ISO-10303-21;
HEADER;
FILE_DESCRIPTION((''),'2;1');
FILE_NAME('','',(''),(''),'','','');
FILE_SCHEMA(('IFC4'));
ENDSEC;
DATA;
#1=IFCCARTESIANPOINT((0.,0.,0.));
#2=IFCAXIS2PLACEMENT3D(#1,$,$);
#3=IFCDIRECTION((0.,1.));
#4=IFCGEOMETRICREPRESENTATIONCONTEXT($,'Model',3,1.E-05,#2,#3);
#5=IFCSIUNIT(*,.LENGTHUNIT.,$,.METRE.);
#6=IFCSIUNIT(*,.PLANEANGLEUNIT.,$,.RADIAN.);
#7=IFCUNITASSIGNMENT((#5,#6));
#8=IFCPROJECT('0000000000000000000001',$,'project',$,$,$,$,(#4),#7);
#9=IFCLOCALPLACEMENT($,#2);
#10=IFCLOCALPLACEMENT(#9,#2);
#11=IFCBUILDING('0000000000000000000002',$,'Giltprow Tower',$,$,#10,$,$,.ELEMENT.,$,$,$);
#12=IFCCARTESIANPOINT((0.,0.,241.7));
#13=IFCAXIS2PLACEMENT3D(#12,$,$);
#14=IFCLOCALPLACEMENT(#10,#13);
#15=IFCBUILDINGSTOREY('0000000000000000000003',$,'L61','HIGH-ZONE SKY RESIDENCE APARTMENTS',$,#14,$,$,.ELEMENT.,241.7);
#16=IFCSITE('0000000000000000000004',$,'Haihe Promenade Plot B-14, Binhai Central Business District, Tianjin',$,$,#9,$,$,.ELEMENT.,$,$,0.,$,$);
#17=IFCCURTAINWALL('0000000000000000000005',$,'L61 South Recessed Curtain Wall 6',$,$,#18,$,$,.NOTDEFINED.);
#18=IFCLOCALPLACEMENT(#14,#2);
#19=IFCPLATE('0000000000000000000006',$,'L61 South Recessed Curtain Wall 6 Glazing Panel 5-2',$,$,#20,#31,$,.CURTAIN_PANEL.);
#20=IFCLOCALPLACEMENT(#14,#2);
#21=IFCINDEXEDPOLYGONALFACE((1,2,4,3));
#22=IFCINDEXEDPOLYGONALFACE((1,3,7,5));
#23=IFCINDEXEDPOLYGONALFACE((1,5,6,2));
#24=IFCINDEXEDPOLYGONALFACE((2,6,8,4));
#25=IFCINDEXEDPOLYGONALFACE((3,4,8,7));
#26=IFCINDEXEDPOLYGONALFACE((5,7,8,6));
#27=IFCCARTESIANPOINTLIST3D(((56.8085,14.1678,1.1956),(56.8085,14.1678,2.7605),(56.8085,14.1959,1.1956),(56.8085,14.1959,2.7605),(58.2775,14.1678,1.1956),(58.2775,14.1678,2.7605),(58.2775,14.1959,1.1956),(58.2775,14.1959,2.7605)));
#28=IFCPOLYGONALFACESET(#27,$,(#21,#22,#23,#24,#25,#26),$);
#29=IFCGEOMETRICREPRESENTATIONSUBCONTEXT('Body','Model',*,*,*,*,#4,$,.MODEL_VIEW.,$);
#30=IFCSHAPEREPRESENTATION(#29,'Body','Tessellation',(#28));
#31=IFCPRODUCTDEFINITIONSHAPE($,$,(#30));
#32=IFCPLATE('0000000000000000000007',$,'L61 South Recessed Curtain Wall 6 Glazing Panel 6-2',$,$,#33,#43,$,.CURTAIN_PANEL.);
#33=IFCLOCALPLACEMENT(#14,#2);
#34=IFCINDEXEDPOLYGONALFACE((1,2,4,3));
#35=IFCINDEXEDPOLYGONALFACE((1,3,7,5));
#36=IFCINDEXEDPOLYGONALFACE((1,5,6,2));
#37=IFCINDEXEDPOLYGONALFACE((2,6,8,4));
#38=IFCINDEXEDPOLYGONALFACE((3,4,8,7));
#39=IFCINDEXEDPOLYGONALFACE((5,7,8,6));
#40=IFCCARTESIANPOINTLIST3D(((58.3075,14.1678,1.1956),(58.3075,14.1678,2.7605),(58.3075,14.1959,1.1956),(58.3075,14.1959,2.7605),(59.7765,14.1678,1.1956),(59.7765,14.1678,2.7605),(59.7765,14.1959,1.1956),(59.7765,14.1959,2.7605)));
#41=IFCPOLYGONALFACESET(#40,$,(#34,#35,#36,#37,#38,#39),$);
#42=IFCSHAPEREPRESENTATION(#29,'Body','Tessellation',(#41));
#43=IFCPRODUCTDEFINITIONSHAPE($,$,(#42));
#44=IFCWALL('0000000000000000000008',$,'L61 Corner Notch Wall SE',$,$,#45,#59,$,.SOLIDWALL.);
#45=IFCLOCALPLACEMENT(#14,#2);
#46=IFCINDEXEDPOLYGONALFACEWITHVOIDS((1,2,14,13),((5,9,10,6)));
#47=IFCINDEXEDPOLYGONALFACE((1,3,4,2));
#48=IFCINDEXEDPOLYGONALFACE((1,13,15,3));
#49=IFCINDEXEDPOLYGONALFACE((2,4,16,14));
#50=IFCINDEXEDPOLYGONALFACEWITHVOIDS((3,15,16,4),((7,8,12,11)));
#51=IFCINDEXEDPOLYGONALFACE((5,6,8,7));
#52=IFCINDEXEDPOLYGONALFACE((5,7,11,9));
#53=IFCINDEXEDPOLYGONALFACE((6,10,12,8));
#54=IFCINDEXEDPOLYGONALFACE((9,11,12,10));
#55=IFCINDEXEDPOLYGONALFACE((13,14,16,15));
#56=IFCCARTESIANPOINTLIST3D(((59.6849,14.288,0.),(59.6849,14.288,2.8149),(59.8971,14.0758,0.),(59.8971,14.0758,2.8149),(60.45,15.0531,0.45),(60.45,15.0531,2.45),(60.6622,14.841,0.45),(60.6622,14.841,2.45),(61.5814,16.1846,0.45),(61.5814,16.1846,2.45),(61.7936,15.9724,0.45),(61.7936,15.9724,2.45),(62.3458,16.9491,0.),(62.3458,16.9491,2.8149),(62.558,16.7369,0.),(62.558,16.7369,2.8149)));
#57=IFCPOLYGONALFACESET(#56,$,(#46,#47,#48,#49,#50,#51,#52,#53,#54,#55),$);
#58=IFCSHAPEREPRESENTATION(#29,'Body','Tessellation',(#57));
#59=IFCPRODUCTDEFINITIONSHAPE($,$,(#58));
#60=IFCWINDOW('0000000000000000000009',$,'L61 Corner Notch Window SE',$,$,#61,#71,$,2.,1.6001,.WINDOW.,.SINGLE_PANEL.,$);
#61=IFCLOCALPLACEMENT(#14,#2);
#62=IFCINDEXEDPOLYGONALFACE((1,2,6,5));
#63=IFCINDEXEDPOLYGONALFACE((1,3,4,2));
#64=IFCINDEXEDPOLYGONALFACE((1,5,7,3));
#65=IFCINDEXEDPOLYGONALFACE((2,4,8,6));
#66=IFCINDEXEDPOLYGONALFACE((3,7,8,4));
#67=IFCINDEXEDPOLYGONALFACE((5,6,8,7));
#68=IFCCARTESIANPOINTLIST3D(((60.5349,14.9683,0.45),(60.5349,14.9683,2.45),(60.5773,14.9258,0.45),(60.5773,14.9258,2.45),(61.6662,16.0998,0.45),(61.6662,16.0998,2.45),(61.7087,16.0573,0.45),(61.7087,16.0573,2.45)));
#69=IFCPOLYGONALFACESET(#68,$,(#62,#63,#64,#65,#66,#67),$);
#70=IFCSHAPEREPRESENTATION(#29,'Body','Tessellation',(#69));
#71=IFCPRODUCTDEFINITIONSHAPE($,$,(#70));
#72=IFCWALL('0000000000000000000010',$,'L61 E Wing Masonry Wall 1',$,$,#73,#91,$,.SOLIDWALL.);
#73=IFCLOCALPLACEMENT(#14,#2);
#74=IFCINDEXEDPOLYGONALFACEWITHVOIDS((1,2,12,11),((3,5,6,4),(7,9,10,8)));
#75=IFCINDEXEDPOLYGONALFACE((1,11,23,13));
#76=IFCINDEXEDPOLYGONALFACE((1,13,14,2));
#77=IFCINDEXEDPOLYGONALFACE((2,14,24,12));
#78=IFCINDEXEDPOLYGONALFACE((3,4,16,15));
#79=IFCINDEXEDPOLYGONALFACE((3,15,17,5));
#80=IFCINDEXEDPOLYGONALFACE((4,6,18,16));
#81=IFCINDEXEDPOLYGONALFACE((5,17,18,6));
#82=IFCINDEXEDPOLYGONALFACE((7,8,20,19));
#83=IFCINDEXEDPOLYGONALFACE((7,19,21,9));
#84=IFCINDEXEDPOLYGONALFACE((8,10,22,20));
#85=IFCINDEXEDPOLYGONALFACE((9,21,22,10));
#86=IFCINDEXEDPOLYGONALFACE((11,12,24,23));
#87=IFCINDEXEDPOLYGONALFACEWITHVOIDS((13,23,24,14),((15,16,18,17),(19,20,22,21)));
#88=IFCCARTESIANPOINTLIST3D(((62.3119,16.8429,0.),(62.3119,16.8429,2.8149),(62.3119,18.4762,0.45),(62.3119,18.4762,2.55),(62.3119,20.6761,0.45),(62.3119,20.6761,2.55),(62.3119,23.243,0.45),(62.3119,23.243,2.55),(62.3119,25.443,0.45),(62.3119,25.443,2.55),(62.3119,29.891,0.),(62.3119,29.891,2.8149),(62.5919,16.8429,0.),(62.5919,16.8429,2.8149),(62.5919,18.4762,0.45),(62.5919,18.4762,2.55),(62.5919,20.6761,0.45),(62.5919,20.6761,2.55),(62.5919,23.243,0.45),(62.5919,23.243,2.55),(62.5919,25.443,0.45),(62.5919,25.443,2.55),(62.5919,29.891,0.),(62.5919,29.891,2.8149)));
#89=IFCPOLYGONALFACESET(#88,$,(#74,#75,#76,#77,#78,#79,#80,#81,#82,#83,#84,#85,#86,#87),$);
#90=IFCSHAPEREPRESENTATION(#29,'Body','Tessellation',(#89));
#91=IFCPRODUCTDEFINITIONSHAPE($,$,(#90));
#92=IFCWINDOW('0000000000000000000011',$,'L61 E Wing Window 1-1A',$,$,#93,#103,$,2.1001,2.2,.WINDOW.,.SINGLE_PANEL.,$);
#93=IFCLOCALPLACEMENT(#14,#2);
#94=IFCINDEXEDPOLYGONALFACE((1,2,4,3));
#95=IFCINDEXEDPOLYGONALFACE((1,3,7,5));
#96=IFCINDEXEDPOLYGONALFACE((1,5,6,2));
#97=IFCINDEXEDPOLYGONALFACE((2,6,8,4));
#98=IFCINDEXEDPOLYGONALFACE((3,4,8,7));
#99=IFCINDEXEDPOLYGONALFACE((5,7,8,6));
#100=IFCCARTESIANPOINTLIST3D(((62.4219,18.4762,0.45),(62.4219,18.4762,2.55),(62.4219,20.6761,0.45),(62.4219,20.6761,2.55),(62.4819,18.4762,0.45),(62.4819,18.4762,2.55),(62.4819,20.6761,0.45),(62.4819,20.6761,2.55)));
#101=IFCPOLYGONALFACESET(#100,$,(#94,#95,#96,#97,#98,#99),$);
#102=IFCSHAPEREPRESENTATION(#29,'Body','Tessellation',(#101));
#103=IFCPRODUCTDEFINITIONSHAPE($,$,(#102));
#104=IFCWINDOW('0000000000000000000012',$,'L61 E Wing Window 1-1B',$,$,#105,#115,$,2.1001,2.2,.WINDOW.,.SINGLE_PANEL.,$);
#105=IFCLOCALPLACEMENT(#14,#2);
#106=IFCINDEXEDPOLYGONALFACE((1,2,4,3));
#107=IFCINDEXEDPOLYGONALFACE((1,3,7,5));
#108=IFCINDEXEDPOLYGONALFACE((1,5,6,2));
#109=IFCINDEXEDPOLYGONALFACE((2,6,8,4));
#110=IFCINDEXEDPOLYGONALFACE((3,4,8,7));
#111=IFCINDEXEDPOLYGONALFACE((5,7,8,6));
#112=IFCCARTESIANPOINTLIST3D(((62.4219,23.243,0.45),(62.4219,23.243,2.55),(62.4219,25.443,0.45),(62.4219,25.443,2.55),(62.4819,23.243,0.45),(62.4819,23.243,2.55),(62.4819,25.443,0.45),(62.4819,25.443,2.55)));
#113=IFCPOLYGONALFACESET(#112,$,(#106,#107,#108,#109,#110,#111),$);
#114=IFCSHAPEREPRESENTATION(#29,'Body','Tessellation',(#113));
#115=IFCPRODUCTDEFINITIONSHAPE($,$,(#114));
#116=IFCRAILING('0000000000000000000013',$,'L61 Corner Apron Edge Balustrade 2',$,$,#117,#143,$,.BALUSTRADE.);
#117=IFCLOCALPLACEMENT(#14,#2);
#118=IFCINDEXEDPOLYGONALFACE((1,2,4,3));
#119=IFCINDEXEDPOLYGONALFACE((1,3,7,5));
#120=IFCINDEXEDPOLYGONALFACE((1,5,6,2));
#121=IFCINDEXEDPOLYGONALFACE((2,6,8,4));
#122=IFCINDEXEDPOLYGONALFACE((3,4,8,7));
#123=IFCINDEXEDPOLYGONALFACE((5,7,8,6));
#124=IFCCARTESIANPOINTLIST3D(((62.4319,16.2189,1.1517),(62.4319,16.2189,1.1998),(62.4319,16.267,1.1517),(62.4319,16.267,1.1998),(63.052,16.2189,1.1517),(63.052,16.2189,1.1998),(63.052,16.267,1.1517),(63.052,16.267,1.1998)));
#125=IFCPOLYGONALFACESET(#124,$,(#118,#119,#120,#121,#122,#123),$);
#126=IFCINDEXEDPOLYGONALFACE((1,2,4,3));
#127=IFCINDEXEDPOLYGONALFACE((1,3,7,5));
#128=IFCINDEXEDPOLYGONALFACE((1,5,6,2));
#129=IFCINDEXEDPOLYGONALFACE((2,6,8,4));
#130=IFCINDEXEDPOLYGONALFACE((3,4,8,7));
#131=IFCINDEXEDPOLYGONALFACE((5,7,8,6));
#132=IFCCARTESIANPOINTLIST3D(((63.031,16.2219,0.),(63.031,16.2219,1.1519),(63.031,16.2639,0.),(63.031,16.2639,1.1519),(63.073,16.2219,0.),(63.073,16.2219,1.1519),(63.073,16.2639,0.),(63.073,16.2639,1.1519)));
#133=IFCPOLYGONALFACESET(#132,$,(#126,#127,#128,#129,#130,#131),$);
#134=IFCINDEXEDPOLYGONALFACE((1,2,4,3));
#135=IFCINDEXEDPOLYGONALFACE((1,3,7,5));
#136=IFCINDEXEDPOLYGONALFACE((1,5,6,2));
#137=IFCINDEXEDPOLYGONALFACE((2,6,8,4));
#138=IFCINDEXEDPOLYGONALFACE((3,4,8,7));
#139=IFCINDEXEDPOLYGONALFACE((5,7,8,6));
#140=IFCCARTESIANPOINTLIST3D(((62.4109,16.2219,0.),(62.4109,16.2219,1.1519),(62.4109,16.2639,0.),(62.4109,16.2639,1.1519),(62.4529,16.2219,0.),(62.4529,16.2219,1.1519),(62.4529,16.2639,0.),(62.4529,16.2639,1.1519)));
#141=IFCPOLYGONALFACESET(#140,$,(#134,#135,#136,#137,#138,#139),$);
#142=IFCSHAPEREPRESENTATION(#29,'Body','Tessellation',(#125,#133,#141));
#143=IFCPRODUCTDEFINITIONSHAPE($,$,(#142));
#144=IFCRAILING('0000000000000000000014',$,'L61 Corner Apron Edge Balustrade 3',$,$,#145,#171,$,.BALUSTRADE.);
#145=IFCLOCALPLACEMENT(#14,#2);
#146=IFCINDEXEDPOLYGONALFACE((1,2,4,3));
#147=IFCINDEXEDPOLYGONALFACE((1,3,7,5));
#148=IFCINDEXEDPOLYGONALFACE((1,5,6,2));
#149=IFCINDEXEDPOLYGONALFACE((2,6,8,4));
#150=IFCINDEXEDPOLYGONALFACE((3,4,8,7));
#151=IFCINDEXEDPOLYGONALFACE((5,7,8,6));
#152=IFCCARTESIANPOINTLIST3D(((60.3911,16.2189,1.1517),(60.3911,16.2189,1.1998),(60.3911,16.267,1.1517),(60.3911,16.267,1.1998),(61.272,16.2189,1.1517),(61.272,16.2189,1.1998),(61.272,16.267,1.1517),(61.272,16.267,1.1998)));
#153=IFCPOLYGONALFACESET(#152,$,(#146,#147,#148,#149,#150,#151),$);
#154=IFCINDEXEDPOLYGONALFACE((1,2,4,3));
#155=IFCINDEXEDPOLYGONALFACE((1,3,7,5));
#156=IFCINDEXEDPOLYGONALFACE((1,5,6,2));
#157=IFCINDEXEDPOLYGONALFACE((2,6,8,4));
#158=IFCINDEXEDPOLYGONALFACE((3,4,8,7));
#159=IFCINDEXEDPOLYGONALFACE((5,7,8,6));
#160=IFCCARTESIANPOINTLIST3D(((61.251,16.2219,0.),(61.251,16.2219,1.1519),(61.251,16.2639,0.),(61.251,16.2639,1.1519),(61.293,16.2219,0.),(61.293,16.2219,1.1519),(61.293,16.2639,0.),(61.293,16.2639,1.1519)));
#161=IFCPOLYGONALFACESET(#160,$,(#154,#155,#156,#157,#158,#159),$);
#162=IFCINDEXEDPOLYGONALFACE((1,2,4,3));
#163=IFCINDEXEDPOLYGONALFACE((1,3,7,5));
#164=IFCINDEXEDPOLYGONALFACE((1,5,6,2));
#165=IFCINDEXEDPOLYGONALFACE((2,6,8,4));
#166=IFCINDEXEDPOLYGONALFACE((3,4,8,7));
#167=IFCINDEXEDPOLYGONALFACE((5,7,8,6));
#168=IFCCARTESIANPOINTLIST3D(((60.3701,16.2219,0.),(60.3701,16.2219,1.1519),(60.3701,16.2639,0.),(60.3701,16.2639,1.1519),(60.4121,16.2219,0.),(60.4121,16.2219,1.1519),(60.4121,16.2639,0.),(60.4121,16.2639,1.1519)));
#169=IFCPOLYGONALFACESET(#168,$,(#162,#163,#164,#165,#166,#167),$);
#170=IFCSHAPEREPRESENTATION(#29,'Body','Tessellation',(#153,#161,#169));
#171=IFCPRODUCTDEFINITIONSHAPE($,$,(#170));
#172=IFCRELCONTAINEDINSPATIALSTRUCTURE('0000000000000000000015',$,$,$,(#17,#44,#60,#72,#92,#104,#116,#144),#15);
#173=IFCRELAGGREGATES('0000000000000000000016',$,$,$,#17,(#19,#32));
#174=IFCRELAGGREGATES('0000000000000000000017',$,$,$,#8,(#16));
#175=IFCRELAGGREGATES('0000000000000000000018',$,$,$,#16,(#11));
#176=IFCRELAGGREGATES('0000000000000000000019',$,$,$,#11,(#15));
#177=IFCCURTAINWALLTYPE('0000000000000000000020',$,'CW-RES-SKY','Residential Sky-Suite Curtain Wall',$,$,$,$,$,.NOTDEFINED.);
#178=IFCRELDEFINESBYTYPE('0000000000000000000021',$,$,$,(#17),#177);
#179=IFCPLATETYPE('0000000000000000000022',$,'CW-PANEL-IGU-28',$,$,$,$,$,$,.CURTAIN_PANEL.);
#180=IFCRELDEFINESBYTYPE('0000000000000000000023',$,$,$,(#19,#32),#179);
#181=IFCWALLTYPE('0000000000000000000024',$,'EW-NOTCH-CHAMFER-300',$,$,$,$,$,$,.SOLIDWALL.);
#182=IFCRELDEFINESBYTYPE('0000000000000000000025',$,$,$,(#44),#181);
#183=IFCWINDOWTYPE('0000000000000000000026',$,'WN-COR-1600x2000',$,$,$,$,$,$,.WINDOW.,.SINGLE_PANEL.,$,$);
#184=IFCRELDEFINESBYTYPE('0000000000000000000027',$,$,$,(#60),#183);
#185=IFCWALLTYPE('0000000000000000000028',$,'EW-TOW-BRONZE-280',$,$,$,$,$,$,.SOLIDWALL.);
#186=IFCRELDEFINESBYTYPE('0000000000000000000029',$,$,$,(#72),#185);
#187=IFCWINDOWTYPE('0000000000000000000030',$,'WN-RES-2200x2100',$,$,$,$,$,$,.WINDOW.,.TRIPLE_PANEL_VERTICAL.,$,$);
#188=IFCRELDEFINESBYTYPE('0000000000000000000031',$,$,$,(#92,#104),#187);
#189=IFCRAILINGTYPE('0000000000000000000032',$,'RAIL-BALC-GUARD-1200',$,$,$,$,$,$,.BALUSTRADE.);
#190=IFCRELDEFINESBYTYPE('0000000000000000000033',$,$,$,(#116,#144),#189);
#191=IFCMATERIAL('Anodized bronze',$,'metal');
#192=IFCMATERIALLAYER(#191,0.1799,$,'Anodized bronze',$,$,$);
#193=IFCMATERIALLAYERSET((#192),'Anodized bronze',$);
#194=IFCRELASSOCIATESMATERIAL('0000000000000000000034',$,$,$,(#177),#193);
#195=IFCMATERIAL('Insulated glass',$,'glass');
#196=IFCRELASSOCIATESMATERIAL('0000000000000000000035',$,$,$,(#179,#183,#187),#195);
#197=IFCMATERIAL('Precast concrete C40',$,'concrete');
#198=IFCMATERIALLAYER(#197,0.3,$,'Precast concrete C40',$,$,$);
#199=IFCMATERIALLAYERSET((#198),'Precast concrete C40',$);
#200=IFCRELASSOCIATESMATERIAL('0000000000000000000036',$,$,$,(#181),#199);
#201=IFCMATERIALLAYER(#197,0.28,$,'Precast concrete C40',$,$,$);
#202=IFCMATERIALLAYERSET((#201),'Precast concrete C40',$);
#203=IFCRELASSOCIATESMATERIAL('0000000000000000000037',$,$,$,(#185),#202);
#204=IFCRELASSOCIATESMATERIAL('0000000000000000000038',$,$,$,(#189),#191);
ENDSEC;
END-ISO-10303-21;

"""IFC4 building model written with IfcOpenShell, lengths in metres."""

from ifc_helpers import new_model, si_unit, direction, frame, frame_2d, origin, origin_2d, place, context, subcontext, project, spatial, rectangle, extrude, source, transform, mapped, material, layer, layer_set, type_object, element, fill, aggregate, save


model = new_model("IFC4")

# Units and contexts
model_context = context("Model", 3, precision=1e-05, world=origin(), true_north=direction((0.0, 1.0)))
body_context = subcontext(model_context, "Body", "Model", "MODEL_VIEW")
ifc_project = project(units=[si_unit("LENGTHUNIT", "METRE"), si_unit("PLANEANGLEUNIT", "RADIAN")], contexts=[model_context])

# Site, building, storey
site_placement = place(None, origin())
site = spatial("IfcSite", under=ifc_project, at=site_placement, Name="Haihe Promenade Plot B-14, Binhai Central Business District, Tianjin", CompositionType="ELEMENT", RefElevation=0.0)
building_placement = place(site_placement, origin())
building = spatial("IfcBuilding", under=site, at=building_placement, Name="Giltprow Tower", CompositionType="ELEMENT")
storey_placement = place(building_placement, frame((0.0, 0.0, 241.7)))
storey = spatial("IfcBuildingStorey", under=building, at=storey_placement, Name="L61", Description="HIGH-ZONE SKY RESIDENCE APARTMENTS", CompositionType="ELEMENT", Elevation=241.7)

# Curtain wall, plates
ifc_material_1 = material(Name="Anodized bronze", Category="metal")
ifc_layer_1 = layer(ifc_material_1, 0.1799, Name="Anodized bronze")
ifc_layer_set_1 = layer_set([ifc_layer_1], Name="Anodized bronze")
curtain_wall_type = type_object("IfcCurtainWallType", Name="CW-RES-SKY", Description="Residential Sky-Suite Curtain Wall", PredefinedType="NOTDEFINED", material=ifc_layer_set_1)
curtain_wall_placement = place(storey_placement, origin())
curtain_wall = element("IfcCurtainWall", 1, at=curtain_wall_placement, inside=storey, type_object=curtain_wall_type, Name="L61 South Recessed Curtain Wall 6", PredefinedType="NOTDEFINED")
ifc_material_2 = material(Name="Insulated glass", Category="glass")
plate_type = type_object("IfcPlateType", Name="CW-PANEL-IGU-28", PredefinedType="CURTAIN_PANEL", material=ifc_material_2)
shared_shape_1 = source(origin(), body_context, "Body", "SweptSolid", [
    extrude(rectangle(XDim=1.469, YDim=0.0281, at=origin_2d()), origin(), (0.0, 0.0, 1.0), 1.5649),
])
plate_1_placement = place(storey_placement, frame((57.543, 14.1819, 1.1956), z_axis=(0.0, 0.0, 1.0), x_axis=(1.0, 0.0, 0.0)))
plate_1 = element("IfcPlate", 2, at=plate_1_placement, type_object=plate_type, Name="L61 South Recessed Curtain Wall 6 Glazing Panel 5-2", PredefinedType="CURTAIN_PANEL", context=body_context, shape_type="MappedRepresentation", body=[
    mapped(shared_shape_1, transform((0.0, 0.0, 0.0), x_axis=(1.0, 0.0, 0.0), y_axis=(0.0, 1.0, 0.0), z_axis=(0.0, 0.0, 1.0), scale=1.0)),
])
plate_2_placement = place(storey_placement, frame((59.042, 14.1819, 1.1956), z_axis=(0.0, 0.0, 1.0), x_axis=(1.0, 0.0, 0.0)))
plate_2 = element("IfcPlate", 3, at=plate_2_placement, type_object=plate_type, Name="L61 South Recessed Curtain Wall 6 Glazing Panel 6-2", PredefinedType="CURTAIN_PANEL", context=body_context, shape_type="MappedRepresentation", body=[
    mapped(shared_shape_1, transform((0.0, 0.0, 0.0), x_axis=(1.0, 0.0, 0.0), y_axis=(0.0, 1.0, 0.0), z_axis=(0.0, 0.0, 1.0), scale=1.0)),
])
aggregate(curtain_wall, [plate_1, plate_2])

# Wall, opening, window
ifc_material_3 = material(Name="Precast concrete C40", Category="concrete")
ifc_layer_2 = layer(ifc_material_3, 0.3, Name="Precast concrete C40")
ifc_layer_set_2 = layer_set([ifc_layer_2], Name="Precast concrete C40")
wall_type_1 = type_object("IfcWallType", Name="EW-NOTCH-CHAMFER-300", PredefinedType="SOLIDWALL", material=ifc_layer_set_2)
wall_1_placement = place(storey_placement, frame((59.791, 14.1819, 0.0), z_axis=(0.0, 0.0, 1.0), x_axis=(0.707074, 0.707139, 0.0)))
wall_1 = element("IfcWall", 4, at=wall_1_placement, inside=storey, type_object=wall_type_1, Name="L61 Corner Notch Wall SE", PredefinedType="SOLIDWALL", context=body_context, shape_type="SweptSolid", body=[
    extrude(rectangle(XDim=3.7632, YDim=0.3, at=frame_2d((1.8816, 0.0))), origin(), (0.0, 0.0, 1.0), 2.8149),
])
opening_1_placement = place(wall_1_placement, frame((1.082, 0.0, 0.45)))
opening_1 = element("IfcOpeningElement", 5, at=opening_1_placement, cuts=wall_1, PredefinedType="OPENING", context=body_context, shape_type="SweptSolid", body=[
    extrude(rectangle(XDim=1.6001, YDim=2.0, at=frame_2d((0.8, 1.0))), frame((0.0, 0.1599, 0.0), z_axis=(0.0, -1.0, 0.0), x_axis=(1.0, 0.0, 0.0)), (0.0, 0.0, 1.0), 0.3201),
])
window_type_1 = type_object("IfcWindowType", Name="WN-COR-1600x2000", PartitioningType="SINGLE_PANEL", PredefinedType="WINDOW", material=ifc_material_2)
shared_shape_2 = source(origin(), body_context, "Body", "SweptSolid", [
    extrude(rectangle(XDim=1.6001, YDim=2.0, at=frame_2d((0.8, 1.0))), frame((0.0, 0.03, 0.0), z_axis=(0.0, -1.0, 0.0), x_axis=(1.0, 0.0, 0.0)), (0.0, 0.0, 1.0), 0.0601),
])
window_1_placement = place(opening_1_placement, origin())
window_1 = element("IfcWindow", 6, at=window_1_placement, inside=storey, type_object=window_type_1, Name="L61 Corner Notch Window SE", OverallHeight=2.0, OverallWidth=1.6001, PartitioningType="SINGLE_PANEL", PredefinedType="WINDOW", context=body_context, shape_type="MappedRepresentation", body=[
    mapped(shared_shape_2, transform((0.0, 0.0, 0.0), x_axis=(1.0, 0.0, 0.0), y_axis=(0.0, 1.0, 0.0), z_axis=(0.0, 0.0, 1.0), scale=1.0)),
])
fill(opening_1, window_1)

# Wall, openings, windows
ifc_layer_3 = layer(ifc_material_3, 0.28, Name="Precast concrete C40")
ifc_layer_set_3 = layer_set([ifc_layer_3], Name="Precast concrete C40")
wall_type_2 = type_object("IfcWallType", Name="EW-TOW-BRONZE-280", PredefinedType="SOLIDWALL", material=ifc_layer_set_3)
wall_2_placement = place(storey_placement, frame((62.4519, 16.843, 0.0), z_axis=(0.0, 0.0, 1.0), x_axis=(0.0, 1.0, 0.0)))
wall_2 = element("IfcWall", 7, at=wall_2_placement, inside=storey, type_object=wall_type_2, Name="L61 E Wing Masonry Wall 1", PredefinedType="SOLIDWALL", context=body_context, shape_type="SweptSolid", body=[
    extrude(rectangle(XDim=13.0481, YDim=0.28, at=frame_2d((6.5239, 0.0))), origin(), (0.0, 0.0, 1.0), 2.8149),
])
opening_2_placement = place(wall_2_placement, frame((1.6331, 0.0, 0.45)))
opening_2 = element("IfcOpeningElement", 8, at=opening_2_placement, cuts=wall_2, PredefinedType="OPENING", context=body_context, shape_type="SweptSolid", body=[
    extrude(rectangle(XDim=2.2, YDim=2.1001, at=frame_2d((1.1001, 1.05))), frame((0.0, 0.1499, 0.0), z_axis=(0.0, -1.0, 0.0), x_axis=(1.0, 0.0, 0.0)), (0.0, 0.0, 1.0), 0.3),
])
opening_3_placement = place(wall_2_placement, frame((6.3999, 0.0, 0.45)))
opening_3 = element("IfcOpeningElement", 9, at=opening_3_placement, cuts=wall_2, PredefinedType="OPENING", context=body_context, shape_type="SweptSolid", body=[
    extrude(rectangle(XDim=2.2, YDim=2.1001, at=frame_2d((1.1001, 1.05))), frame((0.0, 0.1499, 0.0), z_axis=(0.0, -1.0, 0.0), x_axis=(1.0, 0.0, 0.0)), (0.0, 0.0, 1.0), 0.3),
])
window_type_2 = type_object("IfcWindowType", Name="WN-RES-2200x2100", PartitioningType="TRIPLE_PANEL_VERTICAL", PredefinedType="WINDOW", material=ifc_material_2)
shared_shape_3 = source(origin(), body_context, "Body", "SweptSolid", [
    extrude(rectangle(XDim=2.2, YDim=2.1001, at=frame_2d((1.1001, 1.05))), frame((0.0, 0.03, 0.0), z_axis=(0.0, -1.0, 0.0), x_axis=(1.0, 0.0, 0.0)), (0.0, 0.0, 1.0), 0.0601),
])
window_2_placement = place(opening_2_placement, origin())
window_2 = element("IfcWindow", 10, at=window_2_placement, inside=storey, type_object=window_type_2, Name="L61 E Wing Window 1-1A", OverallHeight=2.1001, OverallWidth=2.2, PartitioningType="SINGLE_PANEL", PredefinedType="WINDOW", context=body_context, shape_type="MappedRepresentation", body=[
    mapped(shared_shape_3, transform((0.0, 0.0, 0.0), x_axis=(1.0, 0.0, 0.0), y_axis=(0.0, 1.0, 0.0), z_axis=(0.0, 0.0, 1.0), scale=1.0)),
])
fill(opening_2, window_2)
window_3_placement = place(opening_3_placement, origin())
window_3 = element("IfcWindow", 11, at=window_3_placement, inside=storey, type_object=window_type_2, Name="L61 E Wing Window 1-1B", OverallHeight=2.1001, OverallWidth=2.2, PartitioningType="SINGLE_PANEL", PredefinedType="WINDOW", context=body_context, shape_type="MappedRepresentation", body=[
    mapped(shared_shape_3, transform((0.0, 0.0, 0.0), x_axis=(1.0, 0.0, 0.0), y_axis=(0.0, 1.0, 0.0), z_axis=(0.0, 0.0, 1.0), scale=1.0)),
])
fill(opening_3, window_3)

# Railings
railing_type = type_object("IfcRailingType", Name="RAIL-BALC-GUARD-1200", PredefinedType="BALUSTRADE", material=ifc_material_1)
railing_1_placement = place(storey_placement, frame((63.052, 16.2429, 0.0)))
element("IfcRailing", 12, at=railing_1_placement, inside=storey, type_object=railing_type, Name="L61 Corner Apron Edge Balustrade 2", PredefinedType="BALUSTRADE", context=body_context, shape_type="SweptSolid", body=[
    extrude(rectangle(XDim=0.0481, YDim=0.0481, at=origin_2d()), frame((0.0, 0.0, 1.1758), z_axis=(-1.0, 0.0, 0.0), x_axis=(0.0, -1.0, 0.0)), (0.0, 0.0, 1.0), 0.6201),
    extrude(rectangle(XDim=0.042, YDim=0.042, at=origin_2d()), origin(), (0.0, 0.0, 1.0), 1.1519),
    extrude(rectangle(XDim=0.042, YDim=0.042, at=origin_2d()), frame((-0.6201, 0.0, 0.0)), (0.0, 0.0, 1.0), 1.1519),
])
railing_2_placement = place(storey_placement, frame((61.272, 16.2429, 0.0)))
element("IfcRailing", 13, at=railing_2_placement, inside=storey, type_object=railing_type, Name="L61 Corner Apron Edge Balustrade 3", PredefinedType="BALUSTRADE", context=body_context, shape_type="SweptSolid", body=[
    extrude(rectangle(XDim=0.0481, YDim=0.0481, at=origin_2d()), frame((0.0, 0.0, 1.1758), z_axis=(-1.0, 0.0, 0.0), x_axis=(0.0, -1.0, 0.0)), (0.0, 0.0, 1.0), 0.8809),
    extrude(rectangle(XDim=0.042, YDim=0.042, at=origin_2d()), origin(), (0.0, 0.0, 1.0), 1.1519),
    extrude(rectangle(XDim=0.042, YDim=0.042, at=origin_2d()), frame((-0.8809, 0.0, 0.0)), (0.0, 0.0, 1.0), 1.1519),
])

save(model, "model.ifc")
